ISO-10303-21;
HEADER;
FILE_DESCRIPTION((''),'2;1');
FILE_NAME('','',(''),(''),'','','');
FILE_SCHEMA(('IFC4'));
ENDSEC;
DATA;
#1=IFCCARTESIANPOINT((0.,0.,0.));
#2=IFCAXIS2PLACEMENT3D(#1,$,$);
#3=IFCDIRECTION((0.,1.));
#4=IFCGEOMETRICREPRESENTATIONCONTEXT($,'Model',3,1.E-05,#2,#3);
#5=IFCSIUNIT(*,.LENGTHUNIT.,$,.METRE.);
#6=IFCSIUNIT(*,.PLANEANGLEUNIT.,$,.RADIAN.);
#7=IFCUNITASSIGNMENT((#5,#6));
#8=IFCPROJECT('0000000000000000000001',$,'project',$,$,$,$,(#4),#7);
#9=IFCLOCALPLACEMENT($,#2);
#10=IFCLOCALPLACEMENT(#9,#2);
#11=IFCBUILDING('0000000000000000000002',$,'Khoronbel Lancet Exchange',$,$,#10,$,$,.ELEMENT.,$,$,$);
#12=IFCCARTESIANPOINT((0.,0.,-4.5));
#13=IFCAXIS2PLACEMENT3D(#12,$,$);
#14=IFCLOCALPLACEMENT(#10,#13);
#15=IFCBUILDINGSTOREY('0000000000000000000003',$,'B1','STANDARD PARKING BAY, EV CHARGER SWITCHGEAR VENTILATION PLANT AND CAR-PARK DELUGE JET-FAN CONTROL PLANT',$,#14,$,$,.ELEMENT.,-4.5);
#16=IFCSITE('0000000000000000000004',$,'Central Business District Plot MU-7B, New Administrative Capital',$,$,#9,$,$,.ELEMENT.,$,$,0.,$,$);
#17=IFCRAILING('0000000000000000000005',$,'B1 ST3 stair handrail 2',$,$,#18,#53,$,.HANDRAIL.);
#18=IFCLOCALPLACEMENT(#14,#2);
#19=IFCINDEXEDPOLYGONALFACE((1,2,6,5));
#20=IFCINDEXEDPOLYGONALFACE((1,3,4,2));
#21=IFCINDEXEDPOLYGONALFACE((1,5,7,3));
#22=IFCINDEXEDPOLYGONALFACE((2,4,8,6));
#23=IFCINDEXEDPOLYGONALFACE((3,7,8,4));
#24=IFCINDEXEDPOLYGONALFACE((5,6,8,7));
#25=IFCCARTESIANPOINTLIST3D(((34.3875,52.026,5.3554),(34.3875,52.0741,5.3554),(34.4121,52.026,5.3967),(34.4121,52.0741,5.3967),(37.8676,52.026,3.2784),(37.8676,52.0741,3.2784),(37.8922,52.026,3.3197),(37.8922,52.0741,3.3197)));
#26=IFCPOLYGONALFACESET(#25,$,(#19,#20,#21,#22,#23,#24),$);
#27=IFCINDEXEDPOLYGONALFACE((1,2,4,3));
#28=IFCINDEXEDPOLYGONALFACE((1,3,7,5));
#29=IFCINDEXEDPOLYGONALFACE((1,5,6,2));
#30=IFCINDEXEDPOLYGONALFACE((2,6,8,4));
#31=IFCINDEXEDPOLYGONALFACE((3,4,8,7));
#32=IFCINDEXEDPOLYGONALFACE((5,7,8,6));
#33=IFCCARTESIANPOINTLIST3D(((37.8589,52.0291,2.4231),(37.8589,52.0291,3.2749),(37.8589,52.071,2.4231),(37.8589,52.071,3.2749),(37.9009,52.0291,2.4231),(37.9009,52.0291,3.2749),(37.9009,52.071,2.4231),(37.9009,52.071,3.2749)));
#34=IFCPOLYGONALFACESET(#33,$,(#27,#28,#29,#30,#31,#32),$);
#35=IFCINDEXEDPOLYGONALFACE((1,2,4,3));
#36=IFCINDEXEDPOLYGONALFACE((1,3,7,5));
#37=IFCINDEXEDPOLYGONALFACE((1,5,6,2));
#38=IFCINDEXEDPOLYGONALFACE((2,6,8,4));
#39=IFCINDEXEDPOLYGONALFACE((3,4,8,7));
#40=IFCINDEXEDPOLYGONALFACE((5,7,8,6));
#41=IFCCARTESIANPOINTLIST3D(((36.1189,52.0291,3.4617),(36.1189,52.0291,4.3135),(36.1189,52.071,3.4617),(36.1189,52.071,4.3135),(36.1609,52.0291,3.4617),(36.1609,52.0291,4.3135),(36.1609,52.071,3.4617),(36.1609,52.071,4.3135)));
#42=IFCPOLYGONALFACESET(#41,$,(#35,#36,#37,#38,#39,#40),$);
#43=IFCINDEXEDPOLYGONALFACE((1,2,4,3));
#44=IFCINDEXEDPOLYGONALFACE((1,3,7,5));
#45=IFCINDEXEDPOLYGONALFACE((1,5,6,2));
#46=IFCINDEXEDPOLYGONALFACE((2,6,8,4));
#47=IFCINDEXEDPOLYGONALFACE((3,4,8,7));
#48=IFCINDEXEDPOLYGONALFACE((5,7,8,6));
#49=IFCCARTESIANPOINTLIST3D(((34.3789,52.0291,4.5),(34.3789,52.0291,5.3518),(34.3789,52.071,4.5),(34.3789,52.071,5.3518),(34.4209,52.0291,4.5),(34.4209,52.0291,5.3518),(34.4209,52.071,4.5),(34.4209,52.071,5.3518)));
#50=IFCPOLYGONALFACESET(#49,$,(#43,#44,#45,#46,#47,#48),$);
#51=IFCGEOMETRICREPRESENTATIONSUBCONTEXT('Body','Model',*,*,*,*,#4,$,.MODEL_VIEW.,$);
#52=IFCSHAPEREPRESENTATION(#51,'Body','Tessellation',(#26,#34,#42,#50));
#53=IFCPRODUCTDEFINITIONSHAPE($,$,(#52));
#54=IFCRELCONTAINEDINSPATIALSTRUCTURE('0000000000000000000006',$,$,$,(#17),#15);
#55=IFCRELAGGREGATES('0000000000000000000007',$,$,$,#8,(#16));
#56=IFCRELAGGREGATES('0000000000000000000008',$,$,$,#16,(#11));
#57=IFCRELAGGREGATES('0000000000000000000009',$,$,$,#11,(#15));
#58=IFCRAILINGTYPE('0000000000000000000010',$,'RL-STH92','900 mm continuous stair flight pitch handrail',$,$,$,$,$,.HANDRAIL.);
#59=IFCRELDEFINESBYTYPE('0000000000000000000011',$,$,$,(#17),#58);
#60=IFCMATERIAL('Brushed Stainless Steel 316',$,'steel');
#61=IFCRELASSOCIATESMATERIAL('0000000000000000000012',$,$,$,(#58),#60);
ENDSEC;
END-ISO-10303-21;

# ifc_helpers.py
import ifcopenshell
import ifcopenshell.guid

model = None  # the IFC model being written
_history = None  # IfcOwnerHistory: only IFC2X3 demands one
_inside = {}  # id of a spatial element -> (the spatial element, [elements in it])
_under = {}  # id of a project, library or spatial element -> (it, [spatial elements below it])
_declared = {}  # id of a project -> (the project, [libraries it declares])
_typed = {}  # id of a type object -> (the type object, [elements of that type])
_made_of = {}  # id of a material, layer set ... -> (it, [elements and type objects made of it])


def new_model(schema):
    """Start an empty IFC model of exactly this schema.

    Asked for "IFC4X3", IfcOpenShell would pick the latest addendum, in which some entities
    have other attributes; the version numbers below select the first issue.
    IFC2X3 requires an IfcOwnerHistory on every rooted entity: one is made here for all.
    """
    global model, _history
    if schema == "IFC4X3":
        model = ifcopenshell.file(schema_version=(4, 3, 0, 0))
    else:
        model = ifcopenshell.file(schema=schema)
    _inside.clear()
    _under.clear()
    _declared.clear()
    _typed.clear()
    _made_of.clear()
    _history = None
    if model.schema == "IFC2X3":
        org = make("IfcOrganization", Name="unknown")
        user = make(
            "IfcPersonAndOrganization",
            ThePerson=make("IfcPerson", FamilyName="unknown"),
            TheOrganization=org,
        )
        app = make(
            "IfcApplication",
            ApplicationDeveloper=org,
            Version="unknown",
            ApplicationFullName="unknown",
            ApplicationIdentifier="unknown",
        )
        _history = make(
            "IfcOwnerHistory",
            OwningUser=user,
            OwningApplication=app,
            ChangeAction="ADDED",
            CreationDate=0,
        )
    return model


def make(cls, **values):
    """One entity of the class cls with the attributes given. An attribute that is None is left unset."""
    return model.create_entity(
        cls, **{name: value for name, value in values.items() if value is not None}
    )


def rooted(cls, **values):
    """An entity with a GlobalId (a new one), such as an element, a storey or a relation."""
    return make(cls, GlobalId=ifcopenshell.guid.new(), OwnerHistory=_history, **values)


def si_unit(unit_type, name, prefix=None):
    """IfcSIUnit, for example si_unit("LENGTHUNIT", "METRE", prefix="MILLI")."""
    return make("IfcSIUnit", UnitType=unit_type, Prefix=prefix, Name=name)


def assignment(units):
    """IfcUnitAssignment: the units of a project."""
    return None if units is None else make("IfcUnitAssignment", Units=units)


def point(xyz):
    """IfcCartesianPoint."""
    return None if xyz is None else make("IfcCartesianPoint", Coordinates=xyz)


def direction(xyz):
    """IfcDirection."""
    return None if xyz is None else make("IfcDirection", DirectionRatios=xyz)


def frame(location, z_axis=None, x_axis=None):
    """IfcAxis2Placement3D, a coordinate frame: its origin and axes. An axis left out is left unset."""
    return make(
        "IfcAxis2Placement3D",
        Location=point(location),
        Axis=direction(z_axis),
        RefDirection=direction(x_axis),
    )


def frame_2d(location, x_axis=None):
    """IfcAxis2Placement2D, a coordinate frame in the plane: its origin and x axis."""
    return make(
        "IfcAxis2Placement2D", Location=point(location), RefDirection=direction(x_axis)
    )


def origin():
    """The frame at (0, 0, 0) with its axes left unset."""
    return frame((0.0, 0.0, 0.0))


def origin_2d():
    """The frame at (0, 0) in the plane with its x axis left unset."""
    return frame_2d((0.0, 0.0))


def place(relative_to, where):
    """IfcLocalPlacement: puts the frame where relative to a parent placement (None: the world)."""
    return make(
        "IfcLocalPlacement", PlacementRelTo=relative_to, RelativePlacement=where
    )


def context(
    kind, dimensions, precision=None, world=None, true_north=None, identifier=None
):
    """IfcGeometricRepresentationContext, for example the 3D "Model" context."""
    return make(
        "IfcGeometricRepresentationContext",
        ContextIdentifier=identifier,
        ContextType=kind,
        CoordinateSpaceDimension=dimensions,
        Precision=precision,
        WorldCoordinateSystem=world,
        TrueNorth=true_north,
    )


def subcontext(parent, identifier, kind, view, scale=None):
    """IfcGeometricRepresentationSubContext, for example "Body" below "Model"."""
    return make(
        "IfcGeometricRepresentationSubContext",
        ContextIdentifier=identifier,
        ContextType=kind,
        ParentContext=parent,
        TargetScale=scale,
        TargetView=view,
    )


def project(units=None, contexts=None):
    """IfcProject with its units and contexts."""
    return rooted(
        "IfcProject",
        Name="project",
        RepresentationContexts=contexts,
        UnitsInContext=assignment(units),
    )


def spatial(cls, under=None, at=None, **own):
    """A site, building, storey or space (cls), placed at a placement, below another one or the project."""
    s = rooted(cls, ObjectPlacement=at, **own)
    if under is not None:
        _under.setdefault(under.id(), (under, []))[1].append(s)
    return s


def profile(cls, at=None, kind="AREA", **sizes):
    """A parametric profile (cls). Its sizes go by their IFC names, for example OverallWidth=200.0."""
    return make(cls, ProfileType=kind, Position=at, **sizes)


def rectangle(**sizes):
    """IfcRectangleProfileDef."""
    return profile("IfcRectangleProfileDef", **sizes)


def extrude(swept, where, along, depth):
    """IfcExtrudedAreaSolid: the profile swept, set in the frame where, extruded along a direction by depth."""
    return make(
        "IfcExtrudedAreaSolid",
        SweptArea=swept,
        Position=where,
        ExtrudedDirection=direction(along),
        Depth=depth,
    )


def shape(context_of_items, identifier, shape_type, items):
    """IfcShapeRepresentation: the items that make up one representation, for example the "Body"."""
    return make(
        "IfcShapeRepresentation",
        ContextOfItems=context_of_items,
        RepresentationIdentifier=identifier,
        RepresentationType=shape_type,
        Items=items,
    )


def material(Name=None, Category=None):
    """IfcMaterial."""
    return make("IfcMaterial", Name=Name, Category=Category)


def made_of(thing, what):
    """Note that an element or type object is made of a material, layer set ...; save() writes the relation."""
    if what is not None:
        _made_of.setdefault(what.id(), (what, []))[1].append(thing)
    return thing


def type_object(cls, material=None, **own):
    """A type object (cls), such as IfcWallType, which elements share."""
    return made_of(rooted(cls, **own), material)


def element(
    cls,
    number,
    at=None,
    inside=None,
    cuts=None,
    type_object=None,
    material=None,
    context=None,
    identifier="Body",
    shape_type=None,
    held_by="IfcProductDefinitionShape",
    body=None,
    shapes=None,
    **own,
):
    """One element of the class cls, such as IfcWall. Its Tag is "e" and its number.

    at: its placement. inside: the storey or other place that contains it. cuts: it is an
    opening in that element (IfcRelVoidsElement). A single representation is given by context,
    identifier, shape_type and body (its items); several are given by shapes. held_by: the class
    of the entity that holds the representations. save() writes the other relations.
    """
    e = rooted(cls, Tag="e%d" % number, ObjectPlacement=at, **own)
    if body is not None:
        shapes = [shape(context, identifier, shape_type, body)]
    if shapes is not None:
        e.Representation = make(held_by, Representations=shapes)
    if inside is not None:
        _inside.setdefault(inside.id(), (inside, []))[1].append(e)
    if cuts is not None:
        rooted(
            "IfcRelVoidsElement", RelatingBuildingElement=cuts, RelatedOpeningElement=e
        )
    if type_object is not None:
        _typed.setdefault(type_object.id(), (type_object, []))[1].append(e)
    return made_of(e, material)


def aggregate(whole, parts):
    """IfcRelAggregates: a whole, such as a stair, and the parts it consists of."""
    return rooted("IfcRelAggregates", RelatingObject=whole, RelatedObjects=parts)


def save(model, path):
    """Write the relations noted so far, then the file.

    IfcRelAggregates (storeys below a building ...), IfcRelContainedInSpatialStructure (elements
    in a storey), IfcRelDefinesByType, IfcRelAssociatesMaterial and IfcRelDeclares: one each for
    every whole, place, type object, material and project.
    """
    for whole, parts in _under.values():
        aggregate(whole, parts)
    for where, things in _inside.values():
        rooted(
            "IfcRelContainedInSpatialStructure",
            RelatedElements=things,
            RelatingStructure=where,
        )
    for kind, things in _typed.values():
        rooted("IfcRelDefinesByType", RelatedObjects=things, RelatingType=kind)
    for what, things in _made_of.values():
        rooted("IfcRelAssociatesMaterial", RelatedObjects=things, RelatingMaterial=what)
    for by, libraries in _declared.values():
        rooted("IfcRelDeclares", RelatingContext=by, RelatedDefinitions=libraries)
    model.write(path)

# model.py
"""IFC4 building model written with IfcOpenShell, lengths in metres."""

from ifc_helpers import new_model, si_unit, direction, frame, origin, origin_2d, place, context, subcontext, project, spatial, rectangle, extrude, material, type_object, element, save


model = new_model("IFC4")

# Units and contexts
model_context = context("Model", 3, precision=1e-05, world=origin(), true_north=direction((0.0, 1.0)))
body_context = subcontext(model_context, "Body", "Model", "MODEL_VIEW")
ifc_project = project(units=[si_unit("LENGTHUNIT", "METRE"), si_unit("PLANEANGLEUNIT", "RADIAN")], contexts=[model_context])

# Site, building, storey
site_placement = place(None, origin())
site = spatial("IfcSite", under=ifc_project, at=site_placement, Name="Central Business District Plot MU-7B, New Administrative Capital", CompositionType="ELEMENT", RefElevation=0.0)
building_placement = place(site_placement, origin())
building = spatial("IfcBuilding", under=site, at=building_placement, Name="Khoronbel Lancet Exchange", CompositionType="ELEMENT")
storey_placement = place(building_placement, frame((0.0, 0.0, -4.5)))
storey = spatial("IfcBuildingStorey", under=building, at=storey_placement, Name="B1", Description="STANDARD PARKING BAY, EV CHARGER SWITCHGEAR VENTILATION PLANT AND CAR-PARK DELUGE JET-FAN CONTROL PLANT", CompositionType="ELEMENT", Elevation=-4.5)

# Railing
ifc_material_1 = material(Name="Brushed Stainless Steel 316", Category="steel")
railing_type_1 = type_object("IfcRailingType", Name="RL-STH92", Description="900 mm continuous stair flight pitch handrail", PredefinedType="HANDRAIL", material=ifc_material_1)
railing_1_placement = place(storey_placement, frame((37.8799, 52.05, 2.4231)))
element("IfcRailing", 1, at=railing_1_placement, inside=storey, type_object=railing_type_1, Name="B1 ST3 stair handrail 2", PredefinedType="HANDRAIL", context=body_context, shape_type="SweptSolid", body=[
    extrude(rectangle(XDim=0.0481, YDim=0.0481, at=origin_2d()), frame((0.0, 0.0, 0.876), z_axis=(-0.858697, 0.0, 0.512483), x_axis=(0.0, -1.0, 0.0)), (0.0, 0.0, 1.0), 4.0527),
    extrude(rectangle(XDim=0.042, YDim=0.042, at=origin_2d()), origin(), (0.0, 0.0, 1.0), 0.8518),
    extrude(rectangle(XDim=0.042, YDim=0.042, at=origin_2d()), frame((-1.74, 0.0, 1.0386)), (0.0, 0.0, 1.0), 0.8518),
    extrude(rectangle(XDim=0.042, YDim=0.042, at=origin_2d()), frame((-3.48, 0.0, 2.0769)), (0.0, 0.0, 1.0), 0.8518),
])

save(model, "model.ifc")
